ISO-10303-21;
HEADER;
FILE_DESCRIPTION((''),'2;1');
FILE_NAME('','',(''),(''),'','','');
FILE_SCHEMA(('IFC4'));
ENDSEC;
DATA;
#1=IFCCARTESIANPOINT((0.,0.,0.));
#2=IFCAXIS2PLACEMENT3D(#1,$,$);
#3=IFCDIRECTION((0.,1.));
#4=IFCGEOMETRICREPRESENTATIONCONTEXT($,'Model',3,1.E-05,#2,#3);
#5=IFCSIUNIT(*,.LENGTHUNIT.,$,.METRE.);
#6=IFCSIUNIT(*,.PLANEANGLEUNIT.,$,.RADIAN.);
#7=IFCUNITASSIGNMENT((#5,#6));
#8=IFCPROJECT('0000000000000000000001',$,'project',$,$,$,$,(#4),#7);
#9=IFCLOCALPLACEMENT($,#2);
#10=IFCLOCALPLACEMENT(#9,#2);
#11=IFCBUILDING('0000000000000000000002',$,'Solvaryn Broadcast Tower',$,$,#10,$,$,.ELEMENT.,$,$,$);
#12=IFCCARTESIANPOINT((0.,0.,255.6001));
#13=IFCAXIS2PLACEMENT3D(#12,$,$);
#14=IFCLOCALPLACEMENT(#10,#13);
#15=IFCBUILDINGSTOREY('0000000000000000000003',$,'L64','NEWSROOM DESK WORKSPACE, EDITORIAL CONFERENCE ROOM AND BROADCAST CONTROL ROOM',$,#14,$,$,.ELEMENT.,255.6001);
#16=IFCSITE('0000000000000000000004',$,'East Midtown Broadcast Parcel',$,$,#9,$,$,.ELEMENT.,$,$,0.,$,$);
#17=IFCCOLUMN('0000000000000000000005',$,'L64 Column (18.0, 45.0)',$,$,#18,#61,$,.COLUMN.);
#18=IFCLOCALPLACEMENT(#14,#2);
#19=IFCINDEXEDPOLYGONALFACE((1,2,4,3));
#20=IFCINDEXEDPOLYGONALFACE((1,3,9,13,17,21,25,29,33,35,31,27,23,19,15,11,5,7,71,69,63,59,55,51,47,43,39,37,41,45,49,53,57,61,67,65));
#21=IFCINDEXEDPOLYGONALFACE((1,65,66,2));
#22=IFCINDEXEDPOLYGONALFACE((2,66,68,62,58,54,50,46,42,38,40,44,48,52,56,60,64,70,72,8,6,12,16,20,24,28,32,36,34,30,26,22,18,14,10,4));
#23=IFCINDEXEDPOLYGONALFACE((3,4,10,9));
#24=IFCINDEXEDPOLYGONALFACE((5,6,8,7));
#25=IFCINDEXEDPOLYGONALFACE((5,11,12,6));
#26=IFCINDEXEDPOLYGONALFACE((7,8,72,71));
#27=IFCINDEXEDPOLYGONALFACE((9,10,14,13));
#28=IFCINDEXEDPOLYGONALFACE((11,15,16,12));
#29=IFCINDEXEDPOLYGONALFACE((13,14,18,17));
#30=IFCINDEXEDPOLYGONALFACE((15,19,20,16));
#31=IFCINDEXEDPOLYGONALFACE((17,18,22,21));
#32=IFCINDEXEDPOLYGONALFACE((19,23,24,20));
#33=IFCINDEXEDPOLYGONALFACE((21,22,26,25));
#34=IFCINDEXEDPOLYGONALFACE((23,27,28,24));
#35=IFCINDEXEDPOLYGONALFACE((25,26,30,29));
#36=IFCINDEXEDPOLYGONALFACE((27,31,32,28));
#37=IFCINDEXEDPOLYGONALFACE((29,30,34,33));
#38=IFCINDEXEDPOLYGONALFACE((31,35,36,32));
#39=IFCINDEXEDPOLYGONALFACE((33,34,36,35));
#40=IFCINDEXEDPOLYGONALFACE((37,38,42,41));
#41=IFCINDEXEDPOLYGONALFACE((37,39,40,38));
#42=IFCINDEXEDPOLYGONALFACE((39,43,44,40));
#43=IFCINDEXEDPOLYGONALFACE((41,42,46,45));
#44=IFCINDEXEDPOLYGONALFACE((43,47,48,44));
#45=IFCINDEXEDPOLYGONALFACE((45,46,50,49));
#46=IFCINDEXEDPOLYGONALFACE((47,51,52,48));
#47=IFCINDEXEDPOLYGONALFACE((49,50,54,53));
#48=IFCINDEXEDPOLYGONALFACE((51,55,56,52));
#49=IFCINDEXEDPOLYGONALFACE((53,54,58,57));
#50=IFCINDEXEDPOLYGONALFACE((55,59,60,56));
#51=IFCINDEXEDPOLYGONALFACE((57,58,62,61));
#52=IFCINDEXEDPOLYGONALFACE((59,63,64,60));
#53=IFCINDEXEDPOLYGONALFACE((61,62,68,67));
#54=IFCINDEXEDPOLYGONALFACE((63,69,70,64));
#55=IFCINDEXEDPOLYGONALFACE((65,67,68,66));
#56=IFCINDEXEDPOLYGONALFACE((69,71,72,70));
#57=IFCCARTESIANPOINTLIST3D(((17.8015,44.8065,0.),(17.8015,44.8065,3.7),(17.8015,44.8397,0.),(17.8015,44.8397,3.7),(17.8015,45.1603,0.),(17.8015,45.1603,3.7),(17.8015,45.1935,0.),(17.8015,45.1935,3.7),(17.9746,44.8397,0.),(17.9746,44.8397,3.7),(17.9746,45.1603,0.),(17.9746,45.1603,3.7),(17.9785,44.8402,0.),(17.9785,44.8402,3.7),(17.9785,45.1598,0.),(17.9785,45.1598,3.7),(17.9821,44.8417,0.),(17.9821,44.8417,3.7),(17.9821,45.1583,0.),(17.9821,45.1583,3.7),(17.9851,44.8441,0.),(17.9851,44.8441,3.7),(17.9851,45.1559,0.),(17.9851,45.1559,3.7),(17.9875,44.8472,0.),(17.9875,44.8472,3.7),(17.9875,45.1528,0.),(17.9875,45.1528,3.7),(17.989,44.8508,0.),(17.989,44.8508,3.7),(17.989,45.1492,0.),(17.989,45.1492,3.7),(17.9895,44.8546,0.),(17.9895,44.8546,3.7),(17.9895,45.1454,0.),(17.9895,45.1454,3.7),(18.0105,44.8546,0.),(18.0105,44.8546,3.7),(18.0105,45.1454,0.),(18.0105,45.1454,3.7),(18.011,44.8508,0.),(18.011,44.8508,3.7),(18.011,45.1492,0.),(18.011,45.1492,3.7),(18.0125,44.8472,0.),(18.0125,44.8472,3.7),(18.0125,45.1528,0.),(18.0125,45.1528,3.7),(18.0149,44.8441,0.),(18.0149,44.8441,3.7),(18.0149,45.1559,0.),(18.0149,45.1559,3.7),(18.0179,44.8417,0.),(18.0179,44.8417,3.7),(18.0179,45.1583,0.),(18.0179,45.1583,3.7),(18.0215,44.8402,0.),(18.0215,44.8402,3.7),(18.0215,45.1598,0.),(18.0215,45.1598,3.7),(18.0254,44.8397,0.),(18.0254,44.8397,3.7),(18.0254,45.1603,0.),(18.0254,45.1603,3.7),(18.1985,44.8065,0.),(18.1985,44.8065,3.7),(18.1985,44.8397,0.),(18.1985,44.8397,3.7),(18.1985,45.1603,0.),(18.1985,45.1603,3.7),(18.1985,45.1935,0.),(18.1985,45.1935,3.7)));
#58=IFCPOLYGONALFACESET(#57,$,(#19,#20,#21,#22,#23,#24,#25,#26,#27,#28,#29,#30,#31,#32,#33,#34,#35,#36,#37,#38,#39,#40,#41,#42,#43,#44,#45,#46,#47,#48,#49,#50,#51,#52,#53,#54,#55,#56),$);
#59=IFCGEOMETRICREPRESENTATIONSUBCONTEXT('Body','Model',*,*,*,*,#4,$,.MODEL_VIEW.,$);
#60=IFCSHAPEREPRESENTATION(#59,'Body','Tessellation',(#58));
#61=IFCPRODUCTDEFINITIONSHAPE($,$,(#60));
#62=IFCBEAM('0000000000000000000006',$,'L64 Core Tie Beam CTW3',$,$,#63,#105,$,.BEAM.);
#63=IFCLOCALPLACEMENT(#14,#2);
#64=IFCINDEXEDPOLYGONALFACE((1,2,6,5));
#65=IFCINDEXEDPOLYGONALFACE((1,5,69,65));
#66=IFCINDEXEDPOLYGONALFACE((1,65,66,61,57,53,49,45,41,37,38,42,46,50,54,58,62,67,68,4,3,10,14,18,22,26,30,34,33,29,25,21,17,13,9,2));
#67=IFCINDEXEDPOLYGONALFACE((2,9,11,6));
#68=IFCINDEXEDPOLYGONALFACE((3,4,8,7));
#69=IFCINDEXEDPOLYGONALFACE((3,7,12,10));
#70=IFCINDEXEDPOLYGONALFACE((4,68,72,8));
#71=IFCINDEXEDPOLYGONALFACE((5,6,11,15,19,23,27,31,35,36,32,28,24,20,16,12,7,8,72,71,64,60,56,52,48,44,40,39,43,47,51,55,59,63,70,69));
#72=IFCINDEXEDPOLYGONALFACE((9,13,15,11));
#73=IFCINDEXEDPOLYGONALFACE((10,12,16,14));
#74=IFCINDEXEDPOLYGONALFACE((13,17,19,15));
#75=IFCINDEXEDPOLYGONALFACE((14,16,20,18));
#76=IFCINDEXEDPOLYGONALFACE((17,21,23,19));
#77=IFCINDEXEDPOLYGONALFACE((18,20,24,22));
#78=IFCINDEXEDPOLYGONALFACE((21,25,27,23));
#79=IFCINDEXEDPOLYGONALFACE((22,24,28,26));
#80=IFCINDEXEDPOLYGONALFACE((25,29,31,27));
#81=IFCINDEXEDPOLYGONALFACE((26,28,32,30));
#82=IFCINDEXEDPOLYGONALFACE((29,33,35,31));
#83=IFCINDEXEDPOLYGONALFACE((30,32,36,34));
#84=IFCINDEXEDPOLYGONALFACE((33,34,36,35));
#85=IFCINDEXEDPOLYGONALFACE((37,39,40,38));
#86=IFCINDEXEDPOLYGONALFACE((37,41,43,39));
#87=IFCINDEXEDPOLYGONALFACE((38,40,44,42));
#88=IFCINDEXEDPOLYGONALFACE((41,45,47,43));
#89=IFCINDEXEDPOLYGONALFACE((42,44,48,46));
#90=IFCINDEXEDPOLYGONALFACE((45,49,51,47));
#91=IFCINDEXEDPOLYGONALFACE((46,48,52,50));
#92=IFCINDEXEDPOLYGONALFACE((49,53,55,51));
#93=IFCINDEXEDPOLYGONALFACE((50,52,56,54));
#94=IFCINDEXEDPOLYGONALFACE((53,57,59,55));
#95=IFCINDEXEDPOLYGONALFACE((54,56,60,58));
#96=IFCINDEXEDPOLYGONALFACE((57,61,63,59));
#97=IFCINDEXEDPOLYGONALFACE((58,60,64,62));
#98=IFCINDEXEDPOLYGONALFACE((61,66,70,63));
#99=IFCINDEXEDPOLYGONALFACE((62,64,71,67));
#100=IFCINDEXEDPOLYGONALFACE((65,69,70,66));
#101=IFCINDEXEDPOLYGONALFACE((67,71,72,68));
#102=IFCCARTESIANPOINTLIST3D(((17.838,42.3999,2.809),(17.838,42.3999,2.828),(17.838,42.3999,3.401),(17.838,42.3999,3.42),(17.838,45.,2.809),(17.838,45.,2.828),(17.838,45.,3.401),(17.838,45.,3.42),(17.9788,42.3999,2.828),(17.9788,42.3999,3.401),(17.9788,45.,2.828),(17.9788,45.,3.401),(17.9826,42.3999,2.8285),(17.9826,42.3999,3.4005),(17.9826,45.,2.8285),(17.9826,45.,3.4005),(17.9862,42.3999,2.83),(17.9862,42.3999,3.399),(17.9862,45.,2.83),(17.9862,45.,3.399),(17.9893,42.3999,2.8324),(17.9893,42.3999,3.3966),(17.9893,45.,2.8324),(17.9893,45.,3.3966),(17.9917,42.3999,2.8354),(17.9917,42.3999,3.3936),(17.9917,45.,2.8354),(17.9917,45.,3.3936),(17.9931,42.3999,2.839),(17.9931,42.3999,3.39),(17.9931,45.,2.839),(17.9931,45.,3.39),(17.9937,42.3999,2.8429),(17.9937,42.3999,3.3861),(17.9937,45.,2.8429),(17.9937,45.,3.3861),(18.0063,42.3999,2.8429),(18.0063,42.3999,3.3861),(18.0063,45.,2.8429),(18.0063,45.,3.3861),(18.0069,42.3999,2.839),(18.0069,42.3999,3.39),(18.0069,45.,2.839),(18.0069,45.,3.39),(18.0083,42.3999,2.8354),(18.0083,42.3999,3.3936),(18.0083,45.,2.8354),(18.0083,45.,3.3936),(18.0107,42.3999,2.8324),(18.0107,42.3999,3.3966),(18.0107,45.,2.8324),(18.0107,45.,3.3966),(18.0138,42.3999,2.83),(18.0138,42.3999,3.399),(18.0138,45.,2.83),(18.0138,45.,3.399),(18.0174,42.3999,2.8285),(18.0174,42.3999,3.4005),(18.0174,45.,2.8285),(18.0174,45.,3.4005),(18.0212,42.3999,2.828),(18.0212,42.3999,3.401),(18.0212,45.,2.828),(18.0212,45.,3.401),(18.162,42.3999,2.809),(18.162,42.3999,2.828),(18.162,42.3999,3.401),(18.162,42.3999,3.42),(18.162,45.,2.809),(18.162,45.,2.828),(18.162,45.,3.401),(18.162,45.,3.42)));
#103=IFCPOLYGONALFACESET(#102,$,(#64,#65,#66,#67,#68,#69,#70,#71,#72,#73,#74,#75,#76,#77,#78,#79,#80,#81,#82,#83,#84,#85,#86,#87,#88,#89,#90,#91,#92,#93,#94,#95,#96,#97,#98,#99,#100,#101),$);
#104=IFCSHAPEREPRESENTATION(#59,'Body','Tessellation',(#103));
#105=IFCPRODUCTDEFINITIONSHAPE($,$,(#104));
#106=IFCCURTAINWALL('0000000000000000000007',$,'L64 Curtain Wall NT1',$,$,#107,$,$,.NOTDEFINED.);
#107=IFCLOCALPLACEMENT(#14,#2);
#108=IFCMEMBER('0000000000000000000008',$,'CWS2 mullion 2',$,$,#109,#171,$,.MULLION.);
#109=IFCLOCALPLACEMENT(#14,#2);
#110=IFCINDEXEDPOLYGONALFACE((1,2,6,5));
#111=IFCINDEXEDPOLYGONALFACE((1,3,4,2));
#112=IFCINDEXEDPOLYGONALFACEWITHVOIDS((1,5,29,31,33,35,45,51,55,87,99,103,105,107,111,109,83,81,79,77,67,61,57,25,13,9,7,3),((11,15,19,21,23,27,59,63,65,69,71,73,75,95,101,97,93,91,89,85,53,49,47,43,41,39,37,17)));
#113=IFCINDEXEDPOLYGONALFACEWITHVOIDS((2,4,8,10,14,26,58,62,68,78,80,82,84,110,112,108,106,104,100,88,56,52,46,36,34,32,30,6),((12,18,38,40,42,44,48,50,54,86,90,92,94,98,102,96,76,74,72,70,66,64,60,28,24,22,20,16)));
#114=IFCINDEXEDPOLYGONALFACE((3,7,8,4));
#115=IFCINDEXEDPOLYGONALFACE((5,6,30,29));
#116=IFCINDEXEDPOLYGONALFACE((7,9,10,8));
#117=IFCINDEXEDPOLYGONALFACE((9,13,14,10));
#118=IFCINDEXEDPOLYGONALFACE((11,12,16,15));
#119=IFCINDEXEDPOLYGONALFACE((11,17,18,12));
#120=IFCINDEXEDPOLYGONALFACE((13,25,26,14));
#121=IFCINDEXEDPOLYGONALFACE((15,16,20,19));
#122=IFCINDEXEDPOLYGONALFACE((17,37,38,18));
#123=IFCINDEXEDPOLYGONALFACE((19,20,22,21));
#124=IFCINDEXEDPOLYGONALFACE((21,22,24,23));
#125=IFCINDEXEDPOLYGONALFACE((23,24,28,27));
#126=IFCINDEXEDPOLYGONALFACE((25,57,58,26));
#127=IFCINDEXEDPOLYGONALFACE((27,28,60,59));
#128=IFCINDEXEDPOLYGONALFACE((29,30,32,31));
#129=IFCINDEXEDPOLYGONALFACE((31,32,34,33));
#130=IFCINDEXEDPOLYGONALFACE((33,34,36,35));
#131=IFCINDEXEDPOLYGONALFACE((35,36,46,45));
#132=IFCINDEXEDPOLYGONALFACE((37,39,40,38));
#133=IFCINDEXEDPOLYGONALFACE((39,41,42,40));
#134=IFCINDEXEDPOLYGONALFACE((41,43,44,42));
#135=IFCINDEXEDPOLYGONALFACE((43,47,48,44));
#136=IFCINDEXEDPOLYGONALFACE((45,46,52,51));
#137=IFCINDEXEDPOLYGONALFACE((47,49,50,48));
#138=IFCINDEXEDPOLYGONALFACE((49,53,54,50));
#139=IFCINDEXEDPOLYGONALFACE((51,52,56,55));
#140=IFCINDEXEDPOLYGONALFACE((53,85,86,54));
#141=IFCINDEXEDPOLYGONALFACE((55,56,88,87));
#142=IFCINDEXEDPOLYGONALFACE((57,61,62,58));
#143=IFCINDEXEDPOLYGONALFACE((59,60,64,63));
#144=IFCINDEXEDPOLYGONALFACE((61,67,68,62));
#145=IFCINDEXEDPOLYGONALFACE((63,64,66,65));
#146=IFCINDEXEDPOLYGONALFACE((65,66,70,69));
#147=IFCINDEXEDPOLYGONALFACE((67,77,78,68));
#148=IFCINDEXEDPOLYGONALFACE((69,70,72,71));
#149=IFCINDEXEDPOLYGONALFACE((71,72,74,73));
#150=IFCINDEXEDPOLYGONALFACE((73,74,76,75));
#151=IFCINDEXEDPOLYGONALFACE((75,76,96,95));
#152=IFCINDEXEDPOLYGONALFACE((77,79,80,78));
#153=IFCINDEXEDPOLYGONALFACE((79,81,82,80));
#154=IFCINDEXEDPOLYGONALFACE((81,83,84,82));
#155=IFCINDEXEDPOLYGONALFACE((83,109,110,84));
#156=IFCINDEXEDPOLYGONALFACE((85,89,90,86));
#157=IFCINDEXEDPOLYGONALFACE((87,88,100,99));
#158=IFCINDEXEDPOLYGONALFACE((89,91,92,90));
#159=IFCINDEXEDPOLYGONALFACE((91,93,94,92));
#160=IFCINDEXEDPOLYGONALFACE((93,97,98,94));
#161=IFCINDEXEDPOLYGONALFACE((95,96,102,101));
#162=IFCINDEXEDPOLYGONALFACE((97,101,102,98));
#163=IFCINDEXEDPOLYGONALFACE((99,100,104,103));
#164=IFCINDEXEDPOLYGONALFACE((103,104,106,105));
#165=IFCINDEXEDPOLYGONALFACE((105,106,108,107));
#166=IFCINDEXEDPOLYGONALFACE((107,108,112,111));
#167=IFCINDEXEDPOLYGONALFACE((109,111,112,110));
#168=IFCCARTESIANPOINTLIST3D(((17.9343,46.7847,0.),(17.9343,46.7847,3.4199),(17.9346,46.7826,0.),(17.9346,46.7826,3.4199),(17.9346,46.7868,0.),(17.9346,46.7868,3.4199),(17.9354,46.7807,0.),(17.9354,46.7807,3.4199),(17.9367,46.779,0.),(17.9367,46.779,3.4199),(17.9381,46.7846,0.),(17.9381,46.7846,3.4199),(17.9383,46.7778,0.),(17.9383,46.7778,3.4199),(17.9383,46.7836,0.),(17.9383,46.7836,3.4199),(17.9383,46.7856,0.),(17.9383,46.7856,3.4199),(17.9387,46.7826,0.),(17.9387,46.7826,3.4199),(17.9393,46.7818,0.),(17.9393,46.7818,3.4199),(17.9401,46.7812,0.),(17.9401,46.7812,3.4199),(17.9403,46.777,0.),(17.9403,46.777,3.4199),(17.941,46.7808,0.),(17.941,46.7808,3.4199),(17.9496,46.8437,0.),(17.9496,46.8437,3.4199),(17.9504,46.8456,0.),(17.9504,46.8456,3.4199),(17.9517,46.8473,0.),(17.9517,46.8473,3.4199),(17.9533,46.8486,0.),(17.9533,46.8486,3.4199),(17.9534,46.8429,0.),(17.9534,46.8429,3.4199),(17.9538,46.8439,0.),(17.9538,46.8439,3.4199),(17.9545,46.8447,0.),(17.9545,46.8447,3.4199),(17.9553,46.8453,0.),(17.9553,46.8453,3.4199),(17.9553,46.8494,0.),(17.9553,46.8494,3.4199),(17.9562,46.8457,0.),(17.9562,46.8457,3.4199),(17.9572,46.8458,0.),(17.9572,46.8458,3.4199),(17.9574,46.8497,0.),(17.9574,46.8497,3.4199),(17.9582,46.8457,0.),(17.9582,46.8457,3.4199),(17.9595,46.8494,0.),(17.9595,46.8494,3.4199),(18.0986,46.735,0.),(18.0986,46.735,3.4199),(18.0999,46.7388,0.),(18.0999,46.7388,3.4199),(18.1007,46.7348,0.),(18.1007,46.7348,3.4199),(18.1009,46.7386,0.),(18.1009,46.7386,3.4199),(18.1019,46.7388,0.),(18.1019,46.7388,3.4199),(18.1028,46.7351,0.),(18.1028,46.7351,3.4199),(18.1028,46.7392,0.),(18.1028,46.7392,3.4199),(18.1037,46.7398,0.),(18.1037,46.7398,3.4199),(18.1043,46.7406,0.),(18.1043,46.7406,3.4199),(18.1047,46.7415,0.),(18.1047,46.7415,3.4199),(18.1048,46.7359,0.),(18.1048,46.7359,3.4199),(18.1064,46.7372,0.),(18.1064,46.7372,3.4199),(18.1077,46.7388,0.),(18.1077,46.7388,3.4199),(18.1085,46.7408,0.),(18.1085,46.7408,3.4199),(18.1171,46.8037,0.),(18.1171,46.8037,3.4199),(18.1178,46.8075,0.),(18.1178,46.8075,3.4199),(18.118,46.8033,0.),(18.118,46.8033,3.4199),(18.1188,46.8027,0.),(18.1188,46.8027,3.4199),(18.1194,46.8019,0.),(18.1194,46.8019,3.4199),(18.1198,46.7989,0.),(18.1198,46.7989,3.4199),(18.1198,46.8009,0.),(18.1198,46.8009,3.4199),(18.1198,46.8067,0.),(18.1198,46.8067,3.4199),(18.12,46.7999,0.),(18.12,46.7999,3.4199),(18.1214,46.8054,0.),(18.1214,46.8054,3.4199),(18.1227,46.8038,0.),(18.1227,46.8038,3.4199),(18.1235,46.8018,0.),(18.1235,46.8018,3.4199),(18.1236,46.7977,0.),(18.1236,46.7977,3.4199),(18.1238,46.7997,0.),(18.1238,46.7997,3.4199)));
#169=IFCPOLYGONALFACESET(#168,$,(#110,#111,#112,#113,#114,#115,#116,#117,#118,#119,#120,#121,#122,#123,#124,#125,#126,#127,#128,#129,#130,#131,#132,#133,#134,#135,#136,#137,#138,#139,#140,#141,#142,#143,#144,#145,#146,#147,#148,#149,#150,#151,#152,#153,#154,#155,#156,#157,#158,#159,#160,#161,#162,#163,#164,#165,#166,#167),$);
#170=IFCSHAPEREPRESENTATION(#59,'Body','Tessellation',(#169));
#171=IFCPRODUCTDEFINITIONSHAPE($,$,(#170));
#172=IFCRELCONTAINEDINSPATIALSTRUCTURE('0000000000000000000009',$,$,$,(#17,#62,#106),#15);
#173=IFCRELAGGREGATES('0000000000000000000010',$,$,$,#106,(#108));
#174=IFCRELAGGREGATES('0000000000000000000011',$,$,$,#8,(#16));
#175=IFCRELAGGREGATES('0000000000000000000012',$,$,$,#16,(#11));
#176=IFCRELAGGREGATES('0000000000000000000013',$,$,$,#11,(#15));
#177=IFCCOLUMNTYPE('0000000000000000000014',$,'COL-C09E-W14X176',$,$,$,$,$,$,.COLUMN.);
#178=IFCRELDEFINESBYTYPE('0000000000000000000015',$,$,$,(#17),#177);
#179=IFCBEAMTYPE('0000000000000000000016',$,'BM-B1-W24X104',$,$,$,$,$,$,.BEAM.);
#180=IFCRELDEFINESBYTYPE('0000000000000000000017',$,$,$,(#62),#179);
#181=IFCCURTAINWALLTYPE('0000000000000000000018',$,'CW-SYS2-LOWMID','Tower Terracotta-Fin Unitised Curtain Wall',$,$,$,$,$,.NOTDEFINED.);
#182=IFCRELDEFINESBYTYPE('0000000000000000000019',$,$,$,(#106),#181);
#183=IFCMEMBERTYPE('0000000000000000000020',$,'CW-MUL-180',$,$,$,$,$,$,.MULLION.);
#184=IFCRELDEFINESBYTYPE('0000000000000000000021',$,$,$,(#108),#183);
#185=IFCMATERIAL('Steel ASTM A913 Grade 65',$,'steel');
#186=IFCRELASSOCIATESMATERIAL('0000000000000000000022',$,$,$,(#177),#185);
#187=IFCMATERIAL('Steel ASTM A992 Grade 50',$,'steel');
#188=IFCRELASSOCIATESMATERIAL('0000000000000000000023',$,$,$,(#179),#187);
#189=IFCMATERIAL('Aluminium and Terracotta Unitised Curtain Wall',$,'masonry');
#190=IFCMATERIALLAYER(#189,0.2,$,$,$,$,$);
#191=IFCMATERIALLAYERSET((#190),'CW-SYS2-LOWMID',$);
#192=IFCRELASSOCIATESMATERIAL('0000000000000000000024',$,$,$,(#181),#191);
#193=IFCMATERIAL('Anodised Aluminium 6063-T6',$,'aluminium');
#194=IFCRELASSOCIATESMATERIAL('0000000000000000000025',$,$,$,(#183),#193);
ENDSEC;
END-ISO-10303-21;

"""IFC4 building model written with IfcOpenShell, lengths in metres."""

from ifc_helpers import new_model, si_unit, direction, frame, origin, origin_2d, place, context, subcontext, project, spatial, hollow_rectangle, i_section, extrude, material, layer, layer_set, material_profile, profile_set, type_object, element, aggregate, save


model = new_model("IFC4")

# Units and contexts
model_context = context("Model", 3, precision=1e-05, world=origin(), true_north=direction((0.0, 1.0)))
body_context = subcontext(model_context, "Body", "Model", "MODEL_VIEW")
ifc_project = project(units=[si_unit("LENGTHUNIT", "METRE"), si_unit("PLANEANGLEUNIT", "RADIAN")], contexts=[model_context])

# Site, building, storey
site_placement = place(None, origin())
site = spatial("IfcSite", under=ifc_project, at=site_placement, Name="East Midtown Broadcast Parcel", CompositionType="ELEMENT", RefElevation=0.0)
building_placement = place(site_placement, origin())
building = spatial("IfcBuilding", under=site, at=building_placement, Name="Solvaryn Broadcast Tower", CompositionType="ELEMENT")
storey_placement = place(building_placement, frame((0.0, 0.0, 255.6001)))
storey = spatial("IfcBuildingStorey", under=building, at=storey_placement, Name="L64", Description="NEWSROOM DESK WORKSPACE, EDITORIAL CONFERENCE ROOM AND BROADCAST CONTROL ROOM", CompositionType="ELEMENT", Elevation=255.6001)

# Column
ifc_material_1 = material(Name="Steel ASTM A913 Grade 65", Category="steel")
ifc_material_profile_1 = material_profile(ifc_material_1, i_section(OverallWidth=0.397, OverallDepth=0.387, WebThickness=0.021, FlangeThickness=0.0332, FilletRadius=0.0149, at=origin_2d()))
ifc_profile_set_1 = profile_set([ifc_material_profile_1], Name="Steel ASTM A913 Grade 65")
column_type = type_object("IfcColumnType", Name="COL-C09E-W14X176", PredefinedType="COLUMN", material=ifc_profile_set_1)
column_placement = place(storey_placement, frame((18.0, 45.0, 0.0), z_axis=(0.0, 0.0, 1.0), x_axis=(1.0, 0.0, 0.0)))
element("IfcColumn", 1, at=column_placement, inside=storey, type_object=column_type, Name="L64 Column (18.0, 45.0)", PredefinedType="COLUMN", context=body_context, shape_type="SweptSolid", body=[
    extrude(i_section(OverallWidth=0.397, OverallDepth=0.387, WebThickness=0.021, FlangeThickness=0.0332, FilletRadius=0.0149, at=origin_2d()), origin(), (0.0, 0.0, 1.0), 3.7),
])

# Beam
ifc_material_2 = material(Name="Steel ASTM A992 Grade 50", Category="steel")
ifc_material_profile_2 = material_profile(ifc_material_2, i_section(OverallWidth=0.324, OverallDepth=0.6111, WebThickness=0.0127, FlangeThickness=0.019, FilletRadius=0.0149, at=origin_2d()))
ifc_profile_set_2 = profile_set([ifc_material_profile_2], Name="Steel ASTM A992 Grade 50")
beam_type = type_object("IfcBeamType", Name="BM-B1-W24X104", PredefinedType="BEAM", material=ifc_profile_set_2)
beam_placement = place(storey_placement, frame((18.0, 42.3999, 3.1145), z_axis=(0.0, 1.0, 0.0), x_axis=(-1.0, 0.0, 0.0)))
element("IfcBeam", 2, at=beam_placement, inside=storey, type_object=beam_type, Name="L64 Core Tie Beam CTW3", PredefinedType="BEAM", context=body_context, shape_type="SweptSolid", body=[
    extrude(i_section(OverallWidth=0.324, OverallDepth=0.6111, WebThickness=0.0127, FlangeThickness=0.019, FilletRadius=0.0149, at=origin_2d()), origin(), (0.0, 0.0, 1.0), 2.6001),
])

# Curtain wall, member
ifc_material_3 = material(Name="Aluminium and Terracotta Unitised Curtain Wall", Category="masonry")
ifc_layer_1 = layer(ifc_material_3, 0.2)
ifc_layer_set_1 = layer_set([ifc_layer_1], Name="CW-SYS2-LOWMID")
curtain_wall_type = type_object("IfcCurtainWallType", Name="CW-SYS2-LOWMID", Description="Tower Terracotta-Fin Unitised Curtain Wall", PredefinedType="NOTDEFINED", material=ifc_layer_set_1)
curtain_wall_1_placement = place(storey_placement, origin())
curtain_wall_1 = element("IfcCurtainWall", 3, at=curtain_wall_1_placement, inside=storey, type_object=curtain_wall_type, Name="L64 Curtain Wall NT1", PredefinedType="NOTDEFINED")
ifc_material_4 = material(Name="Anodised Aluminium 6063-T6", Category="aluminium")
ifc_material_profile_3 = material_profile(ifc_material_4, hollow_rectangle(XDim=0.075, YDim=0.1799, WallThickness=0.0039, InnerFilletRadius=0.0039, OuterFilletRadius=0.0081, at=origin_2d()))
ifc_profile_set_3 = profile_set([ifc_material_profile_3], Name="Anodised Aluminium 6063-T6")
member_type_1 = type_object("IfcMemberType", Name="CW-MUL-180", PredefinedType="MULLION", material=ifc_profile_set_3)
member_1_placement = place(storey_placement, frame((18.0291, 46.7922, 0.0), z_axis=(0.0, 0.0, 1.0), x_axis=(-0.255893, -0.966705, 0.0)))
member_1 = element("IfcMember", 4, at=member_1_placement, type_object=member_type_1, Name="CWS2 mullion 2", PredefinedType="MULLION", context=body_context, shape_type="SweptSolid", body=[
    extrude(hollow_rectangle(XDim=0.075, YDim=0.1799, WallThickness=0.0039, InnerFilletRadius=0.0039, OuterFilletRadius=0.0081, at=origin_2d()), origin(), (0.0, 0.0, 1.0), 3.4199),
])

aggregate(curtain_wall_1, [member_1])

save(model, "model.ifc")
